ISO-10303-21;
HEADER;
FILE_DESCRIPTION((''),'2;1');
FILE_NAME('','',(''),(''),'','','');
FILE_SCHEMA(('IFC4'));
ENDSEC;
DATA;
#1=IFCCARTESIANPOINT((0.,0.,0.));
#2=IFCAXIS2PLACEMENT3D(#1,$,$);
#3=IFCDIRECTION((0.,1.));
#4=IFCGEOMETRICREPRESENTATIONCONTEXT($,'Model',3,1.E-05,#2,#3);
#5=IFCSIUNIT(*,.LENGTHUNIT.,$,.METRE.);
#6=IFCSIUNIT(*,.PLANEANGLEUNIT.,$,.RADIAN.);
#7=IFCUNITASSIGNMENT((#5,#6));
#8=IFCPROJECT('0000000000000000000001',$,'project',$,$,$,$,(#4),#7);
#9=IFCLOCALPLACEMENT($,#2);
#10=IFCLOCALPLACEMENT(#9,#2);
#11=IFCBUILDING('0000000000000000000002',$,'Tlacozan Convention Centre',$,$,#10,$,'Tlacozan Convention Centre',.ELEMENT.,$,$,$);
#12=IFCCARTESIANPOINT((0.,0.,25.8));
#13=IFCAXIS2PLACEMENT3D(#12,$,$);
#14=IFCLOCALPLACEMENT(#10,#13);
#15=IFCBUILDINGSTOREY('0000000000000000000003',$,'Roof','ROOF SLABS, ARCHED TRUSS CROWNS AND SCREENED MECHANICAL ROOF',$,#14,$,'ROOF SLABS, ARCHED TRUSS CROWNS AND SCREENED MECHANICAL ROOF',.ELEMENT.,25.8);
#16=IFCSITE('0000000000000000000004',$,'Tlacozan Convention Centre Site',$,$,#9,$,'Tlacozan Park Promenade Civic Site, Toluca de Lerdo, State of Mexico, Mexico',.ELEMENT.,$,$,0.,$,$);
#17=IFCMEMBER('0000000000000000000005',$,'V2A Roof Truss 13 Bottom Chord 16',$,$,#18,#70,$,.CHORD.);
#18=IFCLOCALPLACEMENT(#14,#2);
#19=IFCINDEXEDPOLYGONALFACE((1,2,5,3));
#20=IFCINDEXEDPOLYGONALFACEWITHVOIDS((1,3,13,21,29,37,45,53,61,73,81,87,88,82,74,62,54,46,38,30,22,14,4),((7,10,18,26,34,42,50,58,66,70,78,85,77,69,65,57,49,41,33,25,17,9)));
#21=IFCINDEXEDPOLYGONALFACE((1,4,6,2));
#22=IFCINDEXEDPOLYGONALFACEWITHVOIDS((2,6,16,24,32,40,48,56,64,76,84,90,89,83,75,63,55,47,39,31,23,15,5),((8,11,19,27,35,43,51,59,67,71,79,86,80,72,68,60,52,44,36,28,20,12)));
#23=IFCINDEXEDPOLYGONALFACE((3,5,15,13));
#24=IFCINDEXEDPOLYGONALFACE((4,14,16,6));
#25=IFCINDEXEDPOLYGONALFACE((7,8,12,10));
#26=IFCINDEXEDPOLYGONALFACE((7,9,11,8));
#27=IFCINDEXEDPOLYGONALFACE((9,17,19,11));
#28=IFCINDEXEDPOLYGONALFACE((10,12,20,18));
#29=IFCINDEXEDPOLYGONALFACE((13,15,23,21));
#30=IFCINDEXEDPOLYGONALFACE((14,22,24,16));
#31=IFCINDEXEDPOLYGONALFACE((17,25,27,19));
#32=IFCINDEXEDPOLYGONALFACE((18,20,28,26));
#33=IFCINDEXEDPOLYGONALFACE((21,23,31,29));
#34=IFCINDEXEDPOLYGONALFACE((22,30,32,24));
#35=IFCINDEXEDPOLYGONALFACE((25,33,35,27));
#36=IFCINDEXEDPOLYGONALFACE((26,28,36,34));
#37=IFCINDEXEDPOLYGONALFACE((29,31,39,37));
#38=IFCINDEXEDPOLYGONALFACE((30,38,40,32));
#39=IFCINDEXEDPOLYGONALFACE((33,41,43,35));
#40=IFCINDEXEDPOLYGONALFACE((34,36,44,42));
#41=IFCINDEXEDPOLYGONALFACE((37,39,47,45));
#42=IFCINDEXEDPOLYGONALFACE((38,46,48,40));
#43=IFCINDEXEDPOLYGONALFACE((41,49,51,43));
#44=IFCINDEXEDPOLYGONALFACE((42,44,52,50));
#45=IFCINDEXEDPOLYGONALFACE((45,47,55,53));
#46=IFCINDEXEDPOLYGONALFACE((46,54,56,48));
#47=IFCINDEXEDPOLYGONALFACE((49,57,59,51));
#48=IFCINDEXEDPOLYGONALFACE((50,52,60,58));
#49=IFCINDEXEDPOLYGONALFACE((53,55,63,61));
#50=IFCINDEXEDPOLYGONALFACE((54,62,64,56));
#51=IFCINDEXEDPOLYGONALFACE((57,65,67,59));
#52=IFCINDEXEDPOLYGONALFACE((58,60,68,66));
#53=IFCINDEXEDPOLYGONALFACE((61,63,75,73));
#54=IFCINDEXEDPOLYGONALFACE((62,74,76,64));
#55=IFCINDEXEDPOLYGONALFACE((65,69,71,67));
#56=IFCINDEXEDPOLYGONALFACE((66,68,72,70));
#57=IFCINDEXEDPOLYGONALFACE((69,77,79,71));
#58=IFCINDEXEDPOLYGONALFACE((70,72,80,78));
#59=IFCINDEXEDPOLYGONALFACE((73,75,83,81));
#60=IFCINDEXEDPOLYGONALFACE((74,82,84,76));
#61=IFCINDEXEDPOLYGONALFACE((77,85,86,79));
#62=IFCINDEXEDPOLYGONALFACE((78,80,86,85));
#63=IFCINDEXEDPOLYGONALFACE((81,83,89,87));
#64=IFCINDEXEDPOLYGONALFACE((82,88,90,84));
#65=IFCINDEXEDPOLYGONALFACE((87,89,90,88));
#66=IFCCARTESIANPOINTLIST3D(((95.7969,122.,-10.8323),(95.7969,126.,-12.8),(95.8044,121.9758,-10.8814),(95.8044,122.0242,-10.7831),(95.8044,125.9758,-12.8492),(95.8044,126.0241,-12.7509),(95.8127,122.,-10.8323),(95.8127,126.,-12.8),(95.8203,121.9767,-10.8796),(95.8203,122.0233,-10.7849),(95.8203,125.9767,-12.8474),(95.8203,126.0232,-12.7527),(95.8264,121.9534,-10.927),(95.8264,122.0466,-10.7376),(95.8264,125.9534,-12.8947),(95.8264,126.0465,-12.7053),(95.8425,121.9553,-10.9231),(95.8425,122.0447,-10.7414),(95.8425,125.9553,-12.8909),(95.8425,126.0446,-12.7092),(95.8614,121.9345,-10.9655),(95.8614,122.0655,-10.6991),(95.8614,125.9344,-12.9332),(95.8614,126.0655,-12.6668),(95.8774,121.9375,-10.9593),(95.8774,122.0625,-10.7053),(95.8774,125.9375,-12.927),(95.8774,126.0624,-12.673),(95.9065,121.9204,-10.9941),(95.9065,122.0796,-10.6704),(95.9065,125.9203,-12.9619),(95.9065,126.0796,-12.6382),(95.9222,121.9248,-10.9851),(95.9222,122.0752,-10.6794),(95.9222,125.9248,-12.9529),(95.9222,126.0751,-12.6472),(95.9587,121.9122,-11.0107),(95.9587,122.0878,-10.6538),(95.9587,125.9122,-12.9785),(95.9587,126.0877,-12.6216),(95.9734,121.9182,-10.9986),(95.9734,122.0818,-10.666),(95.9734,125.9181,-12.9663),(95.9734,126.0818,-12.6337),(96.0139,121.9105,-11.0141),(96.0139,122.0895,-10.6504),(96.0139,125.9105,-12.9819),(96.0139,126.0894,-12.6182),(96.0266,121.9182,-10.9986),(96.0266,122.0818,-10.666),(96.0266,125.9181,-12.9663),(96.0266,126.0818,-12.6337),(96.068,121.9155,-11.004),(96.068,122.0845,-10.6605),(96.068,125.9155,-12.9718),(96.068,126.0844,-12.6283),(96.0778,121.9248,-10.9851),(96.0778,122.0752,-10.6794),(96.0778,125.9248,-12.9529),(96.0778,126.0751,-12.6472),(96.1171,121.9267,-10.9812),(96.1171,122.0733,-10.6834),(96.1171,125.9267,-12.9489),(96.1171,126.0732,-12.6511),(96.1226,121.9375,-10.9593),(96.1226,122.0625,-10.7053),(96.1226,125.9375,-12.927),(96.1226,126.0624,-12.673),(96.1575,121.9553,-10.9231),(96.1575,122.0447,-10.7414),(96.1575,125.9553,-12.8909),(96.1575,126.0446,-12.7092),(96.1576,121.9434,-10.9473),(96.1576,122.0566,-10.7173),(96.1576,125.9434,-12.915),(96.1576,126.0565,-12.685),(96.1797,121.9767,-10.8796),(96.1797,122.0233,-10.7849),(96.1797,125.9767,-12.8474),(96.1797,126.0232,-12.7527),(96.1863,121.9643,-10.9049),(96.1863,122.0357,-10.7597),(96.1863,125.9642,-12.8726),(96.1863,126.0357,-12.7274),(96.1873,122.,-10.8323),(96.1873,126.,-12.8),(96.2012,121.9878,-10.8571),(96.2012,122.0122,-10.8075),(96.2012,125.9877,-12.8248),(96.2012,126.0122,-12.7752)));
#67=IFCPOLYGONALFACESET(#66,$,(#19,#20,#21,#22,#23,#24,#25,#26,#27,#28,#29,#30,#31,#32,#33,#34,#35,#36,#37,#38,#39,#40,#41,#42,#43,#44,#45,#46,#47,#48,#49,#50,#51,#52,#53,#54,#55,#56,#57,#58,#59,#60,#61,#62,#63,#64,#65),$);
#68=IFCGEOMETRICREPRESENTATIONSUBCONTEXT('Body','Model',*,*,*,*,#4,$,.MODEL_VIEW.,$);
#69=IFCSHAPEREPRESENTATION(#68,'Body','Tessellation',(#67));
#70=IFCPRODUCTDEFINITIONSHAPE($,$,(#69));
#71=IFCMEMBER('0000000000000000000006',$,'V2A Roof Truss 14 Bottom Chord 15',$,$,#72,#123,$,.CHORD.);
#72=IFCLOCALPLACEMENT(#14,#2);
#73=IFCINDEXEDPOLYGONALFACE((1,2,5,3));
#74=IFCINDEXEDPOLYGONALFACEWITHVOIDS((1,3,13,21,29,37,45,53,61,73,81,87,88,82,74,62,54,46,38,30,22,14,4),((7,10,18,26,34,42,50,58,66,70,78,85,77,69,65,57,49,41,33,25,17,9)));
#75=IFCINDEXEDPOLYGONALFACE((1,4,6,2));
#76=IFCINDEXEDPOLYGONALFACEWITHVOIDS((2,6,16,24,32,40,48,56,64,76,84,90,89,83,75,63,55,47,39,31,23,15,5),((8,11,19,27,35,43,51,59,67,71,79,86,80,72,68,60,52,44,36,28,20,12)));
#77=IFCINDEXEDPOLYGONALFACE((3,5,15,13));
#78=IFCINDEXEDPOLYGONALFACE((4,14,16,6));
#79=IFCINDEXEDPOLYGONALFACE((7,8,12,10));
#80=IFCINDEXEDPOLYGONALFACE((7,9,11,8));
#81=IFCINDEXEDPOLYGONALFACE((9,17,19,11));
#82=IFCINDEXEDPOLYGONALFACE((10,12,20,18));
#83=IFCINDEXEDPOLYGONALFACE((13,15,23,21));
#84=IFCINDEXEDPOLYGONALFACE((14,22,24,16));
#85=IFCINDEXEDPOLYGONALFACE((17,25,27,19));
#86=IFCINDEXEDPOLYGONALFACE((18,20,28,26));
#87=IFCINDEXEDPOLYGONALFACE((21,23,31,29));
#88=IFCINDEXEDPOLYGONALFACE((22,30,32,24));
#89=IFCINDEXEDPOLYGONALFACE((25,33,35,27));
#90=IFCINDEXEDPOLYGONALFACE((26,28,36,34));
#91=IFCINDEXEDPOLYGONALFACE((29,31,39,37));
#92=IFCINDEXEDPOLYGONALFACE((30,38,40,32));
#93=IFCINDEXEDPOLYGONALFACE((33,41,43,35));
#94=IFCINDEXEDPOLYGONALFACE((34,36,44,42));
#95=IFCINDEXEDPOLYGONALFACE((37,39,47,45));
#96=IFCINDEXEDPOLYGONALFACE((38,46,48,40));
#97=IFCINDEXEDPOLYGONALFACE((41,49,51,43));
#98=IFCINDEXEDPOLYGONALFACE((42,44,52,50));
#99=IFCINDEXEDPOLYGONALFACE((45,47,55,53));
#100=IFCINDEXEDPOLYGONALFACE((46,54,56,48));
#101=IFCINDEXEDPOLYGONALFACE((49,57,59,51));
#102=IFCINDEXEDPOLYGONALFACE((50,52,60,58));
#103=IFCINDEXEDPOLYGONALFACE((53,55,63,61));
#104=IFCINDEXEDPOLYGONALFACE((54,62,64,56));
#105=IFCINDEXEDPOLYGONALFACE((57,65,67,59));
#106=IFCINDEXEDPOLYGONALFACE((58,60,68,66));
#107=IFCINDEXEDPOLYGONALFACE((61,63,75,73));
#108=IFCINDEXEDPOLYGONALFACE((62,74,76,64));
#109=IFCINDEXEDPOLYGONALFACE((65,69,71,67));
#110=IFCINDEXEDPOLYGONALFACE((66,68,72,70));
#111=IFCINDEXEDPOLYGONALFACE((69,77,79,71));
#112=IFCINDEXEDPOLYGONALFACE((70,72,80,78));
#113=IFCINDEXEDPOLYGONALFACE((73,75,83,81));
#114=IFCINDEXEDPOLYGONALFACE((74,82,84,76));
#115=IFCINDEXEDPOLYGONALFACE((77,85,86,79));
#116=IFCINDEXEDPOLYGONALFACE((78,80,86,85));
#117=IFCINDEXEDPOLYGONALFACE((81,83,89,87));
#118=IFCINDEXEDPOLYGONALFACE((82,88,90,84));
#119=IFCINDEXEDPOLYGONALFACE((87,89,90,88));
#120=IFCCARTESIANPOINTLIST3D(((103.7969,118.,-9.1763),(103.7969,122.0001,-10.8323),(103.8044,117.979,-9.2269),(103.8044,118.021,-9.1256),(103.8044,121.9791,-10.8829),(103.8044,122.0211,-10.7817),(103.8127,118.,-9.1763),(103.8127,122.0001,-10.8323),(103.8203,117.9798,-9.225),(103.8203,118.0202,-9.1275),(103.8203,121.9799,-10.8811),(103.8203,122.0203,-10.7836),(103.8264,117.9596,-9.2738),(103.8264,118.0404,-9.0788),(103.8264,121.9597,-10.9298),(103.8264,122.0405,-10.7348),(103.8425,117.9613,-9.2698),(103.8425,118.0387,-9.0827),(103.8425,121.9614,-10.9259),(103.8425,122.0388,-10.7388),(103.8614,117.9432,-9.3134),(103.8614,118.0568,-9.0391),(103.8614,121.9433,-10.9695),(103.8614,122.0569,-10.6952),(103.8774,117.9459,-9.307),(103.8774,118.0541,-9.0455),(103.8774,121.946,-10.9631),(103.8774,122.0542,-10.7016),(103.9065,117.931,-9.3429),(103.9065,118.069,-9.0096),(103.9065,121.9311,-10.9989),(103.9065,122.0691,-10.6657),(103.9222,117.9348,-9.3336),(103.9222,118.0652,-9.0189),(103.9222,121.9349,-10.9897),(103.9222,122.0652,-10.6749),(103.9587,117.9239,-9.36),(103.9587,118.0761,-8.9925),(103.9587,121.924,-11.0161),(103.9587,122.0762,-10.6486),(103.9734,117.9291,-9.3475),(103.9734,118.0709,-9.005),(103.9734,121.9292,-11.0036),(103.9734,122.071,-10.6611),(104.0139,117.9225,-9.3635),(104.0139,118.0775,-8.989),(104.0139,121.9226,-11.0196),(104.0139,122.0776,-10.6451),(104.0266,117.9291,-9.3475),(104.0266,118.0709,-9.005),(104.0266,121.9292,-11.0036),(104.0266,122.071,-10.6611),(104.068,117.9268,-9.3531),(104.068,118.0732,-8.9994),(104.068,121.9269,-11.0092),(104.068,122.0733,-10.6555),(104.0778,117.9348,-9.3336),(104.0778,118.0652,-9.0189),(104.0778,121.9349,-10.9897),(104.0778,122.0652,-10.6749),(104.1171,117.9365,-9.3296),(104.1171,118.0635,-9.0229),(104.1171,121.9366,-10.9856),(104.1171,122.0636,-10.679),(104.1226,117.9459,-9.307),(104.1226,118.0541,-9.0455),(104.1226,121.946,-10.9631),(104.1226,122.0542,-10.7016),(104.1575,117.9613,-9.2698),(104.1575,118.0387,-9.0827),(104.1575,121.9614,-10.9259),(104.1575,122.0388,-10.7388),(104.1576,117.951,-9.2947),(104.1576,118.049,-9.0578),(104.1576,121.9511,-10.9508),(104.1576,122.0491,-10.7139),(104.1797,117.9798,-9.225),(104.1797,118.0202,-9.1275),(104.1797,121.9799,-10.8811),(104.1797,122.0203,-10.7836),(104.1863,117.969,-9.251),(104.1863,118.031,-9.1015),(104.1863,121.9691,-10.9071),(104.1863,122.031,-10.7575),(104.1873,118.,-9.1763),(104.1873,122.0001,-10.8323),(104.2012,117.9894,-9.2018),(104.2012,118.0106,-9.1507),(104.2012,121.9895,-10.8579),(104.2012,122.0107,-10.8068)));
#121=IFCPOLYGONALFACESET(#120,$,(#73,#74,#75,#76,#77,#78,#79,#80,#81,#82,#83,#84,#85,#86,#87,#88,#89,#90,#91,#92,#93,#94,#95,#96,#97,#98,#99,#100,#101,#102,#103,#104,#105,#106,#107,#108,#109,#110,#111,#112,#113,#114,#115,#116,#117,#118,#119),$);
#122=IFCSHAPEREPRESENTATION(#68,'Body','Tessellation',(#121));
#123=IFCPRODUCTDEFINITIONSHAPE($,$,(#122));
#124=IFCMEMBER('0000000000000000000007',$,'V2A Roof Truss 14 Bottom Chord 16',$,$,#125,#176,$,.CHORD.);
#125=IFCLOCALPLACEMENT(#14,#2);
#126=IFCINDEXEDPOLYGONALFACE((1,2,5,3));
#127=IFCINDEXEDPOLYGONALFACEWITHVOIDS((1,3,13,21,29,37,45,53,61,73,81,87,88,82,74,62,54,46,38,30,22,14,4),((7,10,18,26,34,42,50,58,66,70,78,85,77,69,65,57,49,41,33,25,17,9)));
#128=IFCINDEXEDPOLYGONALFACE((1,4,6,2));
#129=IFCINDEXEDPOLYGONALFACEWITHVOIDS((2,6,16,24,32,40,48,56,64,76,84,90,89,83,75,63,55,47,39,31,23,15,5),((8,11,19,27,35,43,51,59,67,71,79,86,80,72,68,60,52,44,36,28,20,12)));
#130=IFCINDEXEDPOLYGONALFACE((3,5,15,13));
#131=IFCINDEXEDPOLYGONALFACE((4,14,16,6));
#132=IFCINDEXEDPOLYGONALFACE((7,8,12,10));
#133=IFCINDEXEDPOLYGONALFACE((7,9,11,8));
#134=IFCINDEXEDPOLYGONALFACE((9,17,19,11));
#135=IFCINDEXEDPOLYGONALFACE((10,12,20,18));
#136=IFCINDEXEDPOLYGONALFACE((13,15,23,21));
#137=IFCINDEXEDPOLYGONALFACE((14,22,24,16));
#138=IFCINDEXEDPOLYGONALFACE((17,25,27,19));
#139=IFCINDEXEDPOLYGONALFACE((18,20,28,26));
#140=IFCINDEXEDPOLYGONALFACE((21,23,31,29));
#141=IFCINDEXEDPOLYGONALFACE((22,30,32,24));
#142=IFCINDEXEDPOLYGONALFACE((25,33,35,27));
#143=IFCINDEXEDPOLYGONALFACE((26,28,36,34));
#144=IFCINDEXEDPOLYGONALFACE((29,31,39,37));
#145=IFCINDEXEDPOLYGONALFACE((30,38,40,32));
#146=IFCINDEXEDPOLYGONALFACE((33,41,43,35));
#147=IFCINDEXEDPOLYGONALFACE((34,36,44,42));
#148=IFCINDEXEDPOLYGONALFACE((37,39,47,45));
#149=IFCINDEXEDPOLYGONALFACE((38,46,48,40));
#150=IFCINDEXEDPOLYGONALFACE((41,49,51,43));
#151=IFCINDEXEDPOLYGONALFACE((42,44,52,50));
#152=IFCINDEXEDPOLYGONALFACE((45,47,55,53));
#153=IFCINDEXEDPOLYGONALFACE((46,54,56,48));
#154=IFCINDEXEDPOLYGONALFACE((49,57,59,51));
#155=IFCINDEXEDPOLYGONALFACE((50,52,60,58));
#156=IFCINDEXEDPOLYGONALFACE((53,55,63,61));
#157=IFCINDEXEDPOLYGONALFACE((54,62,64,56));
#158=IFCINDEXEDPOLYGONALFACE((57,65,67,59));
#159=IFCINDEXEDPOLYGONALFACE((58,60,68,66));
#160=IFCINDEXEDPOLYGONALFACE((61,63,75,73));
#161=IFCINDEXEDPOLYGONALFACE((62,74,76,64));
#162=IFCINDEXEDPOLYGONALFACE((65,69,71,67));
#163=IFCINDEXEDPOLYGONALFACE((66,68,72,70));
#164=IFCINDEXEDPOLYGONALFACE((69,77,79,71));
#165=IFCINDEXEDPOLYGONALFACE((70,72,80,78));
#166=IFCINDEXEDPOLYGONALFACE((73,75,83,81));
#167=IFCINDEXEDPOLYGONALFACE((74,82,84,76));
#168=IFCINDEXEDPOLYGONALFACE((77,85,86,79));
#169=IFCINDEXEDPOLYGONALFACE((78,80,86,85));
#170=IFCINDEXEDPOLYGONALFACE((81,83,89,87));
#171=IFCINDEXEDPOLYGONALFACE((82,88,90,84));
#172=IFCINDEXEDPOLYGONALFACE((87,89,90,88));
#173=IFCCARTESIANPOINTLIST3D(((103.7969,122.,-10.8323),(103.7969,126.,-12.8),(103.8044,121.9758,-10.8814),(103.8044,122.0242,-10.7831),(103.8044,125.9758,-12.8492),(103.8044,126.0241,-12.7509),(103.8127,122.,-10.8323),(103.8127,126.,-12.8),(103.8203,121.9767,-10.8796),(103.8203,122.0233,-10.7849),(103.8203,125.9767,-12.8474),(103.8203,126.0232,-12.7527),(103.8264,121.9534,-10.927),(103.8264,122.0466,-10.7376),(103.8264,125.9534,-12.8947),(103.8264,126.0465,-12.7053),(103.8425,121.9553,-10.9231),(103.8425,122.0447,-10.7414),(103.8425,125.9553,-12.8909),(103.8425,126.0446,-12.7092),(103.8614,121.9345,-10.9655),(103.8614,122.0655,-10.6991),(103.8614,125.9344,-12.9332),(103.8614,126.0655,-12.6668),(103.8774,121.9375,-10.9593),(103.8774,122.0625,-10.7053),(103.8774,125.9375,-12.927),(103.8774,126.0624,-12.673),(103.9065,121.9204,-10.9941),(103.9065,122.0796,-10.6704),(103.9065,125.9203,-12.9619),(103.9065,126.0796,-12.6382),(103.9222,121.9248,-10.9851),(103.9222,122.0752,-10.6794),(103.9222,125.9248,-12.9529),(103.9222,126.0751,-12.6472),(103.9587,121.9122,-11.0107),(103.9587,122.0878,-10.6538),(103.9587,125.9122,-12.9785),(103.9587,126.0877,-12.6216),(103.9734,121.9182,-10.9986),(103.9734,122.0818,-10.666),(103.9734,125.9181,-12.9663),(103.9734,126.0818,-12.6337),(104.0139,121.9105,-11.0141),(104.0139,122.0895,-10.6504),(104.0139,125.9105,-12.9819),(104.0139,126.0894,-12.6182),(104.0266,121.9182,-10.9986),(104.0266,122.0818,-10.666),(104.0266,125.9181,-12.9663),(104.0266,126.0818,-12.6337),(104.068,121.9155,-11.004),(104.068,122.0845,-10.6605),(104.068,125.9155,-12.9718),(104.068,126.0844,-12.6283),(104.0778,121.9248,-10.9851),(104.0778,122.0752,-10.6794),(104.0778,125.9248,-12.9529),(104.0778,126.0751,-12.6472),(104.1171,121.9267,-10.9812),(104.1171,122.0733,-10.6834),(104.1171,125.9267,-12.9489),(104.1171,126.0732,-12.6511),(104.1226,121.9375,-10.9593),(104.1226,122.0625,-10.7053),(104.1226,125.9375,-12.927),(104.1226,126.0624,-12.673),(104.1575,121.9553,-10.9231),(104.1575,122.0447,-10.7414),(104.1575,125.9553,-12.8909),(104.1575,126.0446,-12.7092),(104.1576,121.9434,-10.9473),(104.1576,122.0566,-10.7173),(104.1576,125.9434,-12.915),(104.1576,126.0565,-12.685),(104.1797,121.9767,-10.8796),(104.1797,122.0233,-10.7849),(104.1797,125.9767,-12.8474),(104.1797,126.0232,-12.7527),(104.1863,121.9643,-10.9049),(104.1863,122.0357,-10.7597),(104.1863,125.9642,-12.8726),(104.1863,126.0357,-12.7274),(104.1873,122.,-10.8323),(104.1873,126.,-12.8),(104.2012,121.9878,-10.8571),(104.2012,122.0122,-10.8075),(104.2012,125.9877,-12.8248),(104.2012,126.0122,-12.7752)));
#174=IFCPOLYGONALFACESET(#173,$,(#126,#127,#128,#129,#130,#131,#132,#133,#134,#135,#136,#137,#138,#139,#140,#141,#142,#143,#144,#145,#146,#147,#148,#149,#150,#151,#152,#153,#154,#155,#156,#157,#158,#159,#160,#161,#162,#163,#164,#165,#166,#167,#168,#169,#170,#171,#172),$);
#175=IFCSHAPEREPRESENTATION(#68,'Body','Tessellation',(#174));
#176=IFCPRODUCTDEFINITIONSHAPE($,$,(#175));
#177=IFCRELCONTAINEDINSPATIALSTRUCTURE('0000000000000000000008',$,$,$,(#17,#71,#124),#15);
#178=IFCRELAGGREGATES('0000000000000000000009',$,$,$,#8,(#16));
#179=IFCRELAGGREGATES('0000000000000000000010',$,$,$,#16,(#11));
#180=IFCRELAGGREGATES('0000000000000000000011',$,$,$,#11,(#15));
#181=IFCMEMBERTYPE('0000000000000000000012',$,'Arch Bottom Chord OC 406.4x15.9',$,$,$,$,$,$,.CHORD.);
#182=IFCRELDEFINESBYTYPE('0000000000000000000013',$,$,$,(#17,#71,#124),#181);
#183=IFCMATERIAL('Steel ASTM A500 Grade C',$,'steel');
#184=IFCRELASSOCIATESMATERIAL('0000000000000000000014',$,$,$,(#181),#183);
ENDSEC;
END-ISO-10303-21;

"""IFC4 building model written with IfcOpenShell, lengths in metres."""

from ifc_helpers import new_model, si_unit, direction, frame, origin, origin_2d, place, context, subcontext, project, spatial, hollow_circle, extrude, material, material_profile, profile_set, type_object, element, save


model = new_model("IFC4")

# Units and contexts
model_context = context("Model", 3, precision=1e-05, world=origin(), true_north=direction((0.0, 1.0)))
body_context = subcontext(model_context, "Body", "Model", "MODEL_VIEW")
ifc_project = project(units=[si_unit("LENGTHUNIT", "METRE"), si_unit("PLANEANGLEUNIT", "RADIAN")], contexts=[model_context])

# Site, building, storey
site_placement = place(None, origin())
site = spatial("IfcSite", under=ifc_project, at=site_placement, Name="Tlacozan Convention Centre Site", LongName="Tlacozan Park Promenade Civic Site, Toluca de Lerdo, State of Mexico, Mexico", CompositionType="ELEMENT", RefElevation=0.0)
building_placement = place(site_placement, origin())
building = spatial("IfcBuilding", under=site, at=building_placement, Name="Tlacozan Convention Centre", LongName="Tlacozan Convention Centre", CompositionType="ELEMENT")
storey_placement = place(building_placement, frame((0.0, 0.0, 25.8)))
storey = spatial("IfcBuildingStorey", under=building, at=storey_placement, Name="Roof", Description="ROOF SLABS, ARCHED TRUSS CROWNS AND SCREENED MECHANICAL ROOF", LongName="ROOF SLABS, ARCHED TRUSS CROWNS AND SCREENED MECHANICAL ROOF", CompositionType="ELEMENT", Elevation=25.8)

# Members
ifc_material_1 = material(Name="Steel ASTM A500 Grade C", Category="steel")
ifc_material_profile_1 = material_profile(ifc_material_1, hollow_circle(Radius=0.2031, WallThickness=0.0159, at=origin_2d()), Name="OC 406.4x15.9")
ifc_profile_set_1 = profile_set([ifc_material_profile_1], Name="Steel ASTM A500 Grade C")
member_type_1 = type_object("IfcMemberType", Name="Arch Bottom Chord OC 406.4x15.9", PredefinedType="CHORD", material=ifc_profile_set_1)
member_1_placement = place(storey_placement, frame((96.0, 122.0, -10.8323), z_axis=(0.0, 0.8973, -0.441421), x_axis=(-1.0, 0.0, 0.0)))
element("IfcMember", 1, at=member_1_placement, inside=storey, type_object=member_type_1, Name="V2A Roof Truss 13 Bottom Chord 16", PredefinedType="CHORD", context=body_context, shape_type="SweptSolid", body=[
    extrude(hollow_circle(Radius=0.2031, WallThickness=0.0159, at=origin_2d()), origin(), (0.0, 0.0, 1.0), 4.4578),
])
member_2_placement = place(storey_placement, frame((104.0, 118.0, -9.1763), z_axis=(0.0, 0.923949, -0.382516), x_axis=(-1.0, 0.0, 0.0)))
element("IfcMember", 2, at=member_2_placement, inside=storey, type_object=member_type_1, Name="V2A Roof Truss 14 Bottom Chord 15", PredefinedType="CHORD", context=body_context, shape_type="SweptSolid", body=[
    extrude(hollow_circle(Radius=0.2031, WallThickness=0.0159, at=origin_2d()), origin(), (0.0, 0.0, 1.0), 4.3293),
])
member_3_placement = place(storey_placement, frame((104.0, 122.0, -10.8323), z_axis=(0.0, 0.8973, -0.441421), x_axis=(-1.0, 0.0, 0.0)))
element("IfcMember", 3, at=member_3_placement, inside=storey, type_object=member_type_1, Name="V2A Roof Truss 14 Bottom Chord 16", PredefinedType="CHORD", context=body_context, shape_type="SweptSolid", body=[
    extrude(hollow_circle(Radius=0.2031, WallThickness=0.0159, at=origin_2d()), origin(), (0.0, 0.0, 1.0), 4.4578),
])

save(model, "model.ifc")
